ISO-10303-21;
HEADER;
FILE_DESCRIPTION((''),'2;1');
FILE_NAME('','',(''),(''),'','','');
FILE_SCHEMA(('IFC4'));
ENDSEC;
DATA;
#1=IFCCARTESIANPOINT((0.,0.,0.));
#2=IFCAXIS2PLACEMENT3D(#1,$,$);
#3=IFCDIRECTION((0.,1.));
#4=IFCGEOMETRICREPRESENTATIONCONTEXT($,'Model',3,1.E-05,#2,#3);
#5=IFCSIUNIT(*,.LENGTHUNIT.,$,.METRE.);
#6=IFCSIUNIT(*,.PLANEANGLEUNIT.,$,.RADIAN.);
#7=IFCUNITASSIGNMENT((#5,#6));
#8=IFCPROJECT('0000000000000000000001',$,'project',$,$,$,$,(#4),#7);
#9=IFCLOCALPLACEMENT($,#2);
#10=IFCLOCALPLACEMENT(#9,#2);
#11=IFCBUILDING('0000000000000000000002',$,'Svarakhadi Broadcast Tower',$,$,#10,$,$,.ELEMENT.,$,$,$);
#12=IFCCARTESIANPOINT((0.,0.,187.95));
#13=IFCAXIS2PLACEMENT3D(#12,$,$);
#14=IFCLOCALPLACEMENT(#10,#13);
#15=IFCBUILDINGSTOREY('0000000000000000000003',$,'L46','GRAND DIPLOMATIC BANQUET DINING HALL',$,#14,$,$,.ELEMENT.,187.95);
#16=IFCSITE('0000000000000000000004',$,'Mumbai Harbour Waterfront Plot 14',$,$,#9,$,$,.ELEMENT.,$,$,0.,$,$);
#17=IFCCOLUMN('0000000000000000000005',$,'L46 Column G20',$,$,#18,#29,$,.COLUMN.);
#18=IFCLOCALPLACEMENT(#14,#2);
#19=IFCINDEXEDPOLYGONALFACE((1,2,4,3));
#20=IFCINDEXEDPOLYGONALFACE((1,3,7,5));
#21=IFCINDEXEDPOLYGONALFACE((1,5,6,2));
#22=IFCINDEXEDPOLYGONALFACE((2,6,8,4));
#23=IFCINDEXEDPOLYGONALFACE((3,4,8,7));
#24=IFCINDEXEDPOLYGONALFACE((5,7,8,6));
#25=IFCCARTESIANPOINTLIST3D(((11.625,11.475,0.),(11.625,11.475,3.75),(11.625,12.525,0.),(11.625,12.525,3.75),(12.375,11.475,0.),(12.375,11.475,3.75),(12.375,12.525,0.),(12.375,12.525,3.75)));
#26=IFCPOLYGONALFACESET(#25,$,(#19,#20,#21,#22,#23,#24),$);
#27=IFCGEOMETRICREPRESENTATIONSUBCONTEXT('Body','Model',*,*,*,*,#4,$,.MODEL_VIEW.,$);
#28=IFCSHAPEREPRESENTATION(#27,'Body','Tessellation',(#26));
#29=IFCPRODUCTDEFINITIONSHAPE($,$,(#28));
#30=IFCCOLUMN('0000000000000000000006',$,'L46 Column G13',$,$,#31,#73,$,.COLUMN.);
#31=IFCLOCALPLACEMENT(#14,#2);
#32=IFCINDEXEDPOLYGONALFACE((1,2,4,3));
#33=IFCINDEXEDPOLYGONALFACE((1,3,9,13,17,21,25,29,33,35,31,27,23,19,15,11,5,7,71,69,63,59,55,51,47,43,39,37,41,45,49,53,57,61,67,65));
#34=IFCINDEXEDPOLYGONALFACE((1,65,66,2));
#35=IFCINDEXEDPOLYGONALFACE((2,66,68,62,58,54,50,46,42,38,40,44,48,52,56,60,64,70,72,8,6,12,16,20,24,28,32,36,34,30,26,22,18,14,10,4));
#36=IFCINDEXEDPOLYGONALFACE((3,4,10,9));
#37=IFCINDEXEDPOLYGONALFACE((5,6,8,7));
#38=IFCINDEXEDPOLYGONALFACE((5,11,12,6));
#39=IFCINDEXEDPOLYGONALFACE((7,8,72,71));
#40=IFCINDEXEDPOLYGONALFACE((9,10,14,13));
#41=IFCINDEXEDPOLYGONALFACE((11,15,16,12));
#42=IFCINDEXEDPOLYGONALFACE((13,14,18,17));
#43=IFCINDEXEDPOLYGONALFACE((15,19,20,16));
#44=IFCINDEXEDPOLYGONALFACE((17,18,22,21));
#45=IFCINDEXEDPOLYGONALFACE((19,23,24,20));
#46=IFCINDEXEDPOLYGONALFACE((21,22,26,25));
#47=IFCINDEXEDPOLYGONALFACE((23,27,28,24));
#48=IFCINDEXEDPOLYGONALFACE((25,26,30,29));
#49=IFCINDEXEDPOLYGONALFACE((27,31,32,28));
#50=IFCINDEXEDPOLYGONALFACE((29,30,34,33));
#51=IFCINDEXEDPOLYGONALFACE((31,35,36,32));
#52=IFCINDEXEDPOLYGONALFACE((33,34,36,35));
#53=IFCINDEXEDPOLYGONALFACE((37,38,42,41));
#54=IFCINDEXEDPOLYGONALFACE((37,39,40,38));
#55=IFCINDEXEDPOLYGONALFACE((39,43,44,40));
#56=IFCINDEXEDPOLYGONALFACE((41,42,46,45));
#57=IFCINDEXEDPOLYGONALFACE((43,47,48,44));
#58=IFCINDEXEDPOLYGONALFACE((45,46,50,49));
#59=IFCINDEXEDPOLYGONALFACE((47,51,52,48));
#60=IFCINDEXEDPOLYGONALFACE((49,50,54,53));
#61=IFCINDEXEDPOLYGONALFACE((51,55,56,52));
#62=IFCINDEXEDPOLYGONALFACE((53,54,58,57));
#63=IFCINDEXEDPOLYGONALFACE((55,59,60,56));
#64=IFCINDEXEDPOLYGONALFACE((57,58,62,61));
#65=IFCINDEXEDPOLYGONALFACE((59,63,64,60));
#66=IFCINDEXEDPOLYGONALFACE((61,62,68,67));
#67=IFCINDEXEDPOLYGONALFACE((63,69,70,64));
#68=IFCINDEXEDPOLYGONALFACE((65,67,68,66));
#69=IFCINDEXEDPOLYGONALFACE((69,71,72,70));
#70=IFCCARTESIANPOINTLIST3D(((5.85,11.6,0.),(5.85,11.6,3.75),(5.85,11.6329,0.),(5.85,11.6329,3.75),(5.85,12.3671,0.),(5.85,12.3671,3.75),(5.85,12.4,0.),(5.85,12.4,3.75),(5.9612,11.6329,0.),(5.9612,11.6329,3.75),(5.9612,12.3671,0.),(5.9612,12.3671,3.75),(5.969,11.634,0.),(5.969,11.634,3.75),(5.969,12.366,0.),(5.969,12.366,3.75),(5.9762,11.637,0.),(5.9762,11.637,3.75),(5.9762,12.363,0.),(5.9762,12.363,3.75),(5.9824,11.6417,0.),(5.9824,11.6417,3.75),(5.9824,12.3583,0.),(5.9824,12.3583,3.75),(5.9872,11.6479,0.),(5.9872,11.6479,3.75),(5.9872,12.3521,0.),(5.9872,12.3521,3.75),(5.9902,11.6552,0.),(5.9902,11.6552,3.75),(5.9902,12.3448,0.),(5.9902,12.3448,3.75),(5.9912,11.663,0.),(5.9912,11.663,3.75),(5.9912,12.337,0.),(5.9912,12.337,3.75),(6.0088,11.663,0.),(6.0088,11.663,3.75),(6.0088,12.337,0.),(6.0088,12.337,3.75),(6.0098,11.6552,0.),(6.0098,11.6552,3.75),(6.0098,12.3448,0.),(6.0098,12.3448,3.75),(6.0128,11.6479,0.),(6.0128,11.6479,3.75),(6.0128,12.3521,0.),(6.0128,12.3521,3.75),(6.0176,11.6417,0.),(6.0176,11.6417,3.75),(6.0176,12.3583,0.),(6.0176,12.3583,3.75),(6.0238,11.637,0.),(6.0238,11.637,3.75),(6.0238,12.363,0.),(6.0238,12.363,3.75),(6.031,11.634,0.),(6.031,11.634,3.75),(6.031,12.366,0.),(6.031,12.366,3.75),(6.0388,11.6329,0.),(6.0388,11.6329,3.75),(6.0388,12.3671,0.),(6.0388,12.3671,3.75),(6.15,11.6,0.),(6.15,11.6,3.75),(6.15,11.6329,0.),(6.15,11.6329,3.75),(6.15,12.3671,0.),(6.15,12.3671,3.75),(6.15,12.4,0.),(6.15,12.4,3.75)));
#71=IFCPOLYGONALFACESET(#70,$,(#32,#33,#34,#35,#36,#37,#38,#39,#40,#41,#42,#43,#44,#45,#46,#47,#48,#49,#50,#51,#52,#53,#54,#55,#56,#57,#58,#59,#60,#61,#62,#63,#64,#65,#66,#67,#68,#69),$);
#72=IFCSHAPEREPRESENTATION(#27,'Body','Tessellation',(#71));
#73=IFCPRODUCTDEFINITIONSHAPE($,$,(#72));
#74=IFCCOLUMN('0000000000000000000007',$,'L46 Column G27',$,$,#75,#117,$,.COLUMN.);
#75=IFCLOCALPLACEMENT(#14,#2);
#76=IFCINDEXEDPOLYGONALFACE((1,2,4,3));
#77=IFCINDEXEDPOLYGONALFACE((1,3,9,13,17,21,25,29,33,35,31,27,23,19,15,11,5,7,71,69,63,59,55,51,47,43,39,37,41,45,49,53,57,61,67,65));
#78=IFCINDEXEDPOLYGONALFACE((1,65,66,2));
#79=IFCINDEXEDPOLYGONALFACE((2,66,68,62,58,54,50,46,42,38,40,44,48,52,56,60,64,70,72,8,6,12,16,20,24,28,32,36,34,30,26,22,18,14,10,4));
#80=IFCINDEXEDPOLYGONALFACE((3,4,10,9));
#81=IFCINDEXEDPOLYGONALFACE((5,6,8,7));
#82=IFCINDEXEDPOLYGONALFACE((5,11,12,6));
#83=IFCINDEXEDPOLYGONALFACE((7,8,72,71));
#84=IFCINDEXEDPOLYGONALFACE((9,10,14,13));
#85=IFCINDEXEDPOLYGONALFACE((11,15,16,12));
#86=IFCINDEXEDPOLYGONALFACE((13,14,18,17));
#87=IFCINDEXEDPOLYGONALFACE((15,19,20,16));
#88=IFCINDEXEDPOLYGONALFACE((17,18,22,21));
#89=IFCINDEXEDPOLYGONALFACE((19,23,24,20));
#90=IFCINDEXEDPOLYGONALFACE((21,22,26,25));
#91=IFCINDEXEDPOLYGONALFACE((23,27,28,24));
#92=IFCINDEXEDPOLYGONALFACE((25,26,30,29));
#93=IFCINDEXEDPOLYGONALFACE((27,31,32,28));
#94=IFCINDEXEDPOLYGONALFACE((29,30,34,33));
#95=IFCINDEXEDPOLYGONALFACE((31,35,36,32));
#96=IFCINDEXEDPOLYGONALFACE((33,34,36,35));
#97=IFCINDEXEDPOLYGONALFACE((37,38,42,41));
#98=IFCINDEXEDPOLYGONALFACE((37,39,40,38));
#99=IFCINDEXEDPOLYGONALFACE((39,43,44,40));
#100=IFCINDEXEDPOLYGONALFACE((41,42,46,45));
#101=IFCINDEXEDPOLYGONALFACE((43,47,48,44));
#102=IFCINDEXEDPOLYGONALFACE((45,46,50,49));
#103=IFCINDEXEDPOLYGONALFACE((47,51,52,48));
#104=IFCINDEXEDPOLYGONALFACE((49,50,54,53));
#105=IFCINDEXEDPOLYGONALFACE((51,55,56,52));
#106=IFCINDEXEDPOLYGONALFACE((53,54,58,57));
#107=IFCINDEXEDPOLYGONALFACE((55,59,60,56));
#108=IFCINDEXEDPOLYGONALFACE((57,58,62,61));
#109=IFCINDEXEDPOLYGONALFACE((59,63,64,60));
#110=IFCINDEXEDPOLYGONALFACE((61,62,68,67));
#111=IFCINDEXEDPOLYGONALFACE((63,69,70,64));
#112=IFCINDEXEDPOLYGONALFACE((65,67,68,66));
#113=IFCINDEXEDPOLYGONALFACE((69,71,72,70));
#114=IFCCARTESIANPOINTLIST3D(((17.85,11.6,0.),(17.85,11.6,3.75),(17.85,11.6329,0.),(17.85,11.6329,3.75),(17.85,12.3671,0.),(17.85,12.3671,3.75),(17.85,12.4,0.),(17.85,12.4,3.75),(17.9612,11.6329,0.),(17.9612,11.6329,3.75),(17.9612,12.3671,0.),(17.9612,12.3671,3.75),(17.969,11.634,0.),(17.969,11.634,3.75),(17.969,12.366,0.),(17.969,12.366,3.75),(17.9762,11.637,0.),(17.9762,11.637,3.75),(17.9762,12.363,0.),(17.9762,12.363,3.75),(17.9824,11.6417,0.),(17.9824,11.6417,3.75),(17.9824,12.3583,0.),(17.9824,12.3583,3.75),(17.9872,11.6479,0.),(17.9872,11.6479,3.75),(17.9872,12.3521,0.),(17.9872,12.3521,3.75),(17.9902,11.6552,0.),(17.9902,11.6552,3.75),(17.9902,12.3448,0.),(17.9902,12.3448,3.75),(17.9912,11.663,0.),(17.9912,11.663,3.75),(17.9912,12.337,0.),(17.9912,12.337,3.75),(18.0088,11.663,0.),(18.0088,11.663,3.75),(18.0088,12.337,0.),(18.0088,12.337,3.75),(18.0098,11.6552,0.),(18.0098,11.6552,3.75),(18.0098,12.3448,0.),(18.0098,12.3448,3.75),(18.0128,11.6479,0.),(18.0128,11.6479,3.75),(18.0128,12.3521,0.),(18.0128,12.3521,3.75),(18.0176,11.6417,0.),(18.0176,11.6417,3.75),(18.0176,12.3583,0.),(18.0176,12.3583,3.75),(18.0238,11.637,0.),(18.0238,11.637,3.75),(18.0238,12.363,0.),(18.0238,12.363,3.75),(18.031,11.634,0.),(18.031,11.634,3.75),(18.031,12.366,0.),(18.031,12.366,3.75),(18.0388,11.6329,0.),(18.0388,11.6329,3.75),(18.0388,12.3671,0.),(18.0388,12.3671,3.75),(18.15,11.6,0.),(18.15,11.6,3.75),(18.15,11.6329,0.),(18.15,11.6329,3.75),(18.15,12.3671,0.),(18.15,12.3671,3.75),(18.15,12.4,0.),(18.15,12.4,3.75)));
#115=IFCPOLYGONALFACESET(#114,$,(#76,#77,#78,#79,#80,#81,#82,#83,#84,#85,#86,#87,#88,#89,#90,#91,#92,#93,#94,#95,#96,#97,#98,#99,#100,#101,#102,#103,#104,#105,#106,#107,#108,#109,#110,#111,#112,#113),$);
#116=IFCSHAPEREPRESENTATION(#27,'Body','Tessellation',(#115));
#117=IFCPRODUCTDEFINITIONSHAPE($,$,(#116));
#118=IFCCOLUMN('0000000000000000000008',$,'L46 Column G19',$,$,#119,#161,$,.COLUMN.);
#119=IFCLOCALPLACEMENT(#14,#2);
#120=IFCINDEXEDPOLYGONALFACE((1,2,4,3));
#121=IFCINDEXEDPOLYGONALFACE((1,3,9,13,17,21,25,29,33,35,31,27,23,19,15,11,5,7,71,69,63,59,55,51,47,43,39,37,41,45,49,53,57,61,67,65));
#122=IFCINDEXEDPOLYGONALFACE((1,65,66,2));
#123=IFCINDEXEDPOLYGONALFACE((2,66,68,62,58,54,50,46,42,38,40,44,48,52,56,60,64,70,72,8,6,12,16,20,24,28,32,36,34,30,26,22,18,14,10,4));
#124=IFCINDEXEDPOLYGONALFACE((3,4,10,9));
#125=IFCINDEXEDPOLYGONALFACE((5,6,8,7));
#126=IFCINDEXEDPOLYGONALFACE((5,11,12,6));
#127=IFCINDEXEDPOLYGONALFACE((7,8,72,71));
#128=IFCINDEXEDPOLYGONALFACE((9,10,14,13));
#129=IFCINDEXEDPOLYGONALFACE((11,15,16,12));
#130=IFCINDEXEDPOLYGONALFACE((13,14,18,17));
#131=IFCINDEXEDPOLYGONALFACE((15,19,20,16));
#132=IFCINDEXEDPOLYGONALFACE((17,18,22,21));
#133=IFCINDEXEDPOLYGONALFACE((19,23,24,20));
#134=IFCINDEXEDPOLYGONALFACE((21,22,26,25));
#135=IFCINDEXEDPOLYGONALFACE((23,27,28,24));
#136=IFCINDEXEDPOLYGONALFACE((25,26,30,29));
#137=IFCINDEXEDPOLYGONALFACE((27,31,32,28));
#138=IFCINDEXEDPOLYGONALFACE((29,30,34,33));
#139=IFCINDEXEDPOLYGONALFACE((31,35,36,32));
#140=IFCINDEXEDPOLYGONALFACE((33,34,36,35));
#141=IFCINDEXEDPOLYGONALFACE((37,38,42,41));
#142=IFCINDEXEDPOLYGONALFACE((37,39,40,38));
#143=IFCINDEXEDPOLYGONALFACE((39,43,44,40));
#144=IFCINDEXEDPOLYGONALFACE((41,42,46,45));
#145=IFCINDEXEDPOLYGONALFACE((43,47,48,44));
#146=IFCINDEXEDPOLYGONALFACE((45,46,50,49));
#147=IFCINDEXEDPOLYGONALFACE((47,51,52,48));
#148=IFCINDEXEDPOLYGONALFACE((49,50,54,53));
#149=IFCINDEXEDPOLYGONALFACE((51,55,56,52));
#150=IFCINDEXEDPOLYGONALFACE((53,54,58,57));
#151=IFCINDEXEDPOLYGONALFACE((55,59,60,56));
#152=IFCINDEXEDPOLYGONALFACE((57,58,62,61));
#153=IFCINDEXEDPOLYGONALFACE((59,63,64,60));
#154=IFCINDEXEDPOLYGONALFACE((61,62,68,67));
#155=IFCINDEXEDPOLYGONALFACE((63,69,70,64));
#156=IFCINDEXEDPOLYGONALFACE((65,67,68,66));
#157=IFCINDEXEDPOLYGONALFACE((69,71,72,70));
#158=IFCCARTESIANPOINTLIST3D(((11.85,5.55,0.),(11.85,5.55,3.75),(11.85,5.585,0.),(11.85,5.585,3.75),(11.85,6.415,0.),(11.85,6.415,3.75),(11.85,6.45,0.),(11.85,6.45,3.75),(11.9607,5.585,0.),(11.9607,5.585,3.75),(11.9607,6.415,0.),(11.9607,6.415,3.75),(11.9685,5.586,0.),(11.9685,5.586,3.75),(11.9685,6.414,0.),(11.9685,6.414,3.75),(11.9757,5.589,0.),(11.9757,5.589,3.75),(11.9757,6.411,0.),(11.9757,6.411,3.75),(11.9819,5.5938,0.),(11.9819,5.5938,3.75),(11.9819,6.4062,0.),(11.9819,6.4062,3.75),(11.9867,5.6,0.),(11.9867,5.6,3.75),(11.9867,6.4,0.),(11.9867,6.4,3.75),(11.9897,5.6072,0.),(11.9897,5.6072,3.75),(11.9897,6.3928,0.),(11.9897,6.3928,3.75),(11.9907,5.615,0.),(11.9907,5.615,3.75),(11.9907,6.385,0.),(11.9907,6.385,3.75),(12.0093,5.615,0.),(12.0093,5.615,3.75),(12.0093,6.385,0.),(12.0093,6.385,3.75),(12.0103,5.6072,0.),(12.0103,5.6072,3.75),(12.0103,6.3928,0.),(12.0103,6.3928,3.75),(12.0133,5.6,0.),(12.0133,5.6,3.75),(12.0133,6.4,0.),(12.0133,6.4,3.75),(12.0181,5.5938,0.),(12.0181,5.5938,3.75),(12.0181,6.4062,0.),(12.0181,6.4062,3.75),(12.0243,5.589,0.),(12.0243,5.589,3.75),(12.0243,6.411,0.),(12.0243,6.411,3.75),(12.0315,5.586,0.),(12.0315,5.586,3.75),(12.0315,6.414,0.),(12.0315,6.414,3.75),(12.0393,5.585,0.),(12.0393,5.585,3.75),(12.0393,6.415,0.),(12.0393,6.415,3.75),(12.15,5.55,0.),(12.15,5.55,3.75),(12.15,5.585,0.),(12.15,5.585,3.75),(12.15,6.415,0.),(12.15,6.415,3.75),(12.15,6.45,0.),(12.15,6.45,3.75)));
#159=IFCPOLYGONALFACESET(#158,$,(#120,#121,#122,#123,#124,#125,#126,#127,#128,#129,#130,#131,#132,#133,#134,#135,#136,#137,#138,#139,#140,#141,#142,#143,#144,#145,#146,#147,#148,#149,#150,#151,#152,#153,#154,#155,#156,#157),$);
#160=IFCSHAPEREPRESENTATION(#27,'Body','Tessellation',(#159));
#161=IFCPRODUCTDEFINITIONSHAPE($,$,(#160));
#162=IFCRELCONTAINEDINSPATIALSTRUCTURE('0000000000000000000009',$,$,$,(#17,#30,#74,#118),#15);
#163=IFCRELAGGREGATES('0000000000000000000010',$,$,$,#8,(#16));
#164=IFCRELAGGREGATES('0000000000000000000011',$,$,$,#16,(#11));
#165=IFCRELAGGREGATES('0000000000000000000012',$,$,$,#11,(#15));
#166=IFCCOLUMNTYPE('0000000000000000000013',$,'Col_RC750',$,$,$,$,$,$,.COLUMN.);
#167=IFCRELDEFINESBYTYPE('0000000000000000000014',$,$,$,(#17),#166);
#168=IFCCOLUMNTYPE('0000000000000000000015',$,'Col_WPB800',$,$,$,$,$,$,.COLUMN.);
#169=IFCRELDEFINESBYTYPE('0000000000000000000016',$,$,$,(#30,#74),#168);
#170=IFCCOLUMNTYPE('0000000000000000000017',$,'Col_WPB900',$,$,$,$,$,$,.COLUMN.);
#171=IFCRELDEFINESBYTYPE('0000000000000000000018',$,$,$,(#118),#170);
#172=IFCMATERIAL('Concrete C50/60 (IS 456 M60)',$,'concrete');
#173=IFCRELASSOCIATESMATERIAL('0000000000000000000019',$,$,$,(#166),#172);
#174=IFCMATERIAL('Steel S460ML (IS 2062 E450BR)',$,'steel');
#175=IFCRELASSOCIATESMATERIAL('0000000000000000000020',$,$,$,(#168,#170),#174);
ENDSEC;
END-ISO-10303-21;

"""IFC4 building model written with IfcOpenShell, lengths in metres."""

from ifc_helpers import new_model, si_unit, direction, frame, origin, origin_2d, place, context, subcontext, project, spatial, rectangle, i_section, extrude, material, material_profile, profile_set, type_object, element, save


model = new_model("IFC4")

# Units and contexts
model_context = context("Model", 3, precision=1e-05, world=origin(), true_north=direction((0.0, 1.0)))
body_context = subcontext(model_context, "Body", "Model", "MODEL_VIEW")
ifc_project = project(units=[si_unit("LENGTHUNIT", "METRE"), si_unit("PLANEANGLEUNIT", "RADIAN")], contexts=[model_context])

# Site, building, storey
site_placement = place(None, origin())
site = spatial("IfcSite", under=ifc_project, at=site_placement, Name="Mumbai Harbour Waterfront Plot 14", CompositionType="ELEMENT", RefElevation=0.0)
building_placement = place(site_placement, origin())
building = spatial("IfcBuilding", under=site, at=building_placement, Name="Svarakhadi Broadcast Tower", CompositionType="ELEMENT")
storey_placement = place(building_placement, frame((0.0, 0.0, 187.95)))
storey = spatial("IfcBuildingStorey", under=building, at=storey_placement, Name="L46", Description="GRAND DIPLOMATIC BANQUET DINING HALL", CompositionType="ELEMENT", Elevation=187.95)

# Columns
ifc_material_1 = material(Name="Concrete C50/60 (IS 456 M60)", Category="concrete")
ifc_material_profile_1 = material_profile(ifc_material_1, rectangle(XDim=0.75, YDim=1.05, at=origin_2d()), Name="RC 750x1050")
ifc_profile_set_1 = profile_set([ifc_material_profile_1], Name="Concrete C50/60 (IS 456 M60)")
column_type_1 = type_object("IfcColumnType", Name="Col_RC750", PredefinedType="COLUMN", material=ifc_profile_set_1)
column_placement = place(storey_placement, frame((12.0, 12.0, 0.0), z_axis=(0.0, 0.0, 1.0), x_axis=(1.0, 0.0, 0.0)))
element("IfcColumn", 1, at=column_placement, inside=storey, type_object=column_type_1, Name="L46 Column G20", PredefinedType="COLUMN", context=body_context, shape_type="SweptSolid", body=[
    extrude(rectangle(XDim=0.75, YDim=1.05, at=origin_2d()), origin(), (0.0, 0.0, 1.0), 3.75),
])
ifc_material_2 = material(Name="Steel S460ML (IS 2062 E450BR)", Category="steel")
ifc_material_profile_2 = material_profile(ifc_material_2, i_section(OverallWidth=0.3, OverallDepth=0.8, WebThickness=0.0176, FlangeThickness=0.033, FilletRadius=0.03, at=origin_2d()), Name="WPB 800x300x262")
ifc_profile_set_2 = profile_set([ifc_material_profile_2], Name="Steel S460ML (IS 2062 E450BR)")
column_type_2 = type_object("IfcColumnType", Name="Col_WPB800", PredefinedType="COLUMN", material=ifc_profile_set_2)
for number, where, z_axis, x_axis, name in (
    (2, (6.0, 12.0, 0.0), (0.0, 0.0, 1.0), (1.0, 0.0, 0.0), "L46 Column G13"),
    (3, (18.0, 12.0, 0.0), (0.0, 0.0, 1.0), (1.0, 0.0, 0.0), "L46 Column G27"),
):
    element("IfcColumn", number, at=place(storey_placement, frame(where, z_axis=z_axis, x_axis=x_axis)), inside=storey, type_object=column_type_2, Name=name, PredefinedType="COLUMN", context=body_context, shape_type="SweptSolid", body=[
        extrude(i_section(OverallWidth=0.3, OverallDepth=0.8, WebThickness=0.0176, FlangeThickness=0.033, FilletRadius=0.03, at=origin_2d()), origin(), (0.0, 0.0, 1.0), 3.75),
    ])
ifc_material_profile_3 = material_profile(ifc_material_2, i_section(OverallWidth=0.3, OverallDepth=0.8999, WebThickness=0.0186, FlangeThickness=0.0349, FilletRadius=0.03, at=origin_2d()), Name="WPB 900x300x291")
ifc_profile_set_3 = profile_set([ifc_material_profile_3], Name="Steel S460ML (IS 2062 E450BR)")
column_type_3 = type_object("IfcColumnType", Name="Col_WPB900", PredefinedType="COLUMN", material=ifc_profile_set_3)
for number, where, z_axis, x_axis, name in (
    (4, (12.0, 6.0, 0.0), (0.0, 0.0, 1.0), (1.0, 0.0, 0.0), "L46 Column G19"),
):
    element("IfcColumn", number, at=place(storey_placement, frame(where, z_axis=z_axis, x_axis=x_axis)), inside=storey, type_object=column_type_3, Name=name, PredefinedType="COLUMN", context=body_context, shape_type="SweptSolid", body=[
        extrude(i_section(OverallWidth=0.3, OverallDepth=0.8999, WebThickness=0.0186, FlangeThickness=0.0349, FilletRadius=0.03, at=origin_2d()), origin(), (0.0, 0.0, 1.0), 3.75),
    ])

save(model, "model.ifc")
